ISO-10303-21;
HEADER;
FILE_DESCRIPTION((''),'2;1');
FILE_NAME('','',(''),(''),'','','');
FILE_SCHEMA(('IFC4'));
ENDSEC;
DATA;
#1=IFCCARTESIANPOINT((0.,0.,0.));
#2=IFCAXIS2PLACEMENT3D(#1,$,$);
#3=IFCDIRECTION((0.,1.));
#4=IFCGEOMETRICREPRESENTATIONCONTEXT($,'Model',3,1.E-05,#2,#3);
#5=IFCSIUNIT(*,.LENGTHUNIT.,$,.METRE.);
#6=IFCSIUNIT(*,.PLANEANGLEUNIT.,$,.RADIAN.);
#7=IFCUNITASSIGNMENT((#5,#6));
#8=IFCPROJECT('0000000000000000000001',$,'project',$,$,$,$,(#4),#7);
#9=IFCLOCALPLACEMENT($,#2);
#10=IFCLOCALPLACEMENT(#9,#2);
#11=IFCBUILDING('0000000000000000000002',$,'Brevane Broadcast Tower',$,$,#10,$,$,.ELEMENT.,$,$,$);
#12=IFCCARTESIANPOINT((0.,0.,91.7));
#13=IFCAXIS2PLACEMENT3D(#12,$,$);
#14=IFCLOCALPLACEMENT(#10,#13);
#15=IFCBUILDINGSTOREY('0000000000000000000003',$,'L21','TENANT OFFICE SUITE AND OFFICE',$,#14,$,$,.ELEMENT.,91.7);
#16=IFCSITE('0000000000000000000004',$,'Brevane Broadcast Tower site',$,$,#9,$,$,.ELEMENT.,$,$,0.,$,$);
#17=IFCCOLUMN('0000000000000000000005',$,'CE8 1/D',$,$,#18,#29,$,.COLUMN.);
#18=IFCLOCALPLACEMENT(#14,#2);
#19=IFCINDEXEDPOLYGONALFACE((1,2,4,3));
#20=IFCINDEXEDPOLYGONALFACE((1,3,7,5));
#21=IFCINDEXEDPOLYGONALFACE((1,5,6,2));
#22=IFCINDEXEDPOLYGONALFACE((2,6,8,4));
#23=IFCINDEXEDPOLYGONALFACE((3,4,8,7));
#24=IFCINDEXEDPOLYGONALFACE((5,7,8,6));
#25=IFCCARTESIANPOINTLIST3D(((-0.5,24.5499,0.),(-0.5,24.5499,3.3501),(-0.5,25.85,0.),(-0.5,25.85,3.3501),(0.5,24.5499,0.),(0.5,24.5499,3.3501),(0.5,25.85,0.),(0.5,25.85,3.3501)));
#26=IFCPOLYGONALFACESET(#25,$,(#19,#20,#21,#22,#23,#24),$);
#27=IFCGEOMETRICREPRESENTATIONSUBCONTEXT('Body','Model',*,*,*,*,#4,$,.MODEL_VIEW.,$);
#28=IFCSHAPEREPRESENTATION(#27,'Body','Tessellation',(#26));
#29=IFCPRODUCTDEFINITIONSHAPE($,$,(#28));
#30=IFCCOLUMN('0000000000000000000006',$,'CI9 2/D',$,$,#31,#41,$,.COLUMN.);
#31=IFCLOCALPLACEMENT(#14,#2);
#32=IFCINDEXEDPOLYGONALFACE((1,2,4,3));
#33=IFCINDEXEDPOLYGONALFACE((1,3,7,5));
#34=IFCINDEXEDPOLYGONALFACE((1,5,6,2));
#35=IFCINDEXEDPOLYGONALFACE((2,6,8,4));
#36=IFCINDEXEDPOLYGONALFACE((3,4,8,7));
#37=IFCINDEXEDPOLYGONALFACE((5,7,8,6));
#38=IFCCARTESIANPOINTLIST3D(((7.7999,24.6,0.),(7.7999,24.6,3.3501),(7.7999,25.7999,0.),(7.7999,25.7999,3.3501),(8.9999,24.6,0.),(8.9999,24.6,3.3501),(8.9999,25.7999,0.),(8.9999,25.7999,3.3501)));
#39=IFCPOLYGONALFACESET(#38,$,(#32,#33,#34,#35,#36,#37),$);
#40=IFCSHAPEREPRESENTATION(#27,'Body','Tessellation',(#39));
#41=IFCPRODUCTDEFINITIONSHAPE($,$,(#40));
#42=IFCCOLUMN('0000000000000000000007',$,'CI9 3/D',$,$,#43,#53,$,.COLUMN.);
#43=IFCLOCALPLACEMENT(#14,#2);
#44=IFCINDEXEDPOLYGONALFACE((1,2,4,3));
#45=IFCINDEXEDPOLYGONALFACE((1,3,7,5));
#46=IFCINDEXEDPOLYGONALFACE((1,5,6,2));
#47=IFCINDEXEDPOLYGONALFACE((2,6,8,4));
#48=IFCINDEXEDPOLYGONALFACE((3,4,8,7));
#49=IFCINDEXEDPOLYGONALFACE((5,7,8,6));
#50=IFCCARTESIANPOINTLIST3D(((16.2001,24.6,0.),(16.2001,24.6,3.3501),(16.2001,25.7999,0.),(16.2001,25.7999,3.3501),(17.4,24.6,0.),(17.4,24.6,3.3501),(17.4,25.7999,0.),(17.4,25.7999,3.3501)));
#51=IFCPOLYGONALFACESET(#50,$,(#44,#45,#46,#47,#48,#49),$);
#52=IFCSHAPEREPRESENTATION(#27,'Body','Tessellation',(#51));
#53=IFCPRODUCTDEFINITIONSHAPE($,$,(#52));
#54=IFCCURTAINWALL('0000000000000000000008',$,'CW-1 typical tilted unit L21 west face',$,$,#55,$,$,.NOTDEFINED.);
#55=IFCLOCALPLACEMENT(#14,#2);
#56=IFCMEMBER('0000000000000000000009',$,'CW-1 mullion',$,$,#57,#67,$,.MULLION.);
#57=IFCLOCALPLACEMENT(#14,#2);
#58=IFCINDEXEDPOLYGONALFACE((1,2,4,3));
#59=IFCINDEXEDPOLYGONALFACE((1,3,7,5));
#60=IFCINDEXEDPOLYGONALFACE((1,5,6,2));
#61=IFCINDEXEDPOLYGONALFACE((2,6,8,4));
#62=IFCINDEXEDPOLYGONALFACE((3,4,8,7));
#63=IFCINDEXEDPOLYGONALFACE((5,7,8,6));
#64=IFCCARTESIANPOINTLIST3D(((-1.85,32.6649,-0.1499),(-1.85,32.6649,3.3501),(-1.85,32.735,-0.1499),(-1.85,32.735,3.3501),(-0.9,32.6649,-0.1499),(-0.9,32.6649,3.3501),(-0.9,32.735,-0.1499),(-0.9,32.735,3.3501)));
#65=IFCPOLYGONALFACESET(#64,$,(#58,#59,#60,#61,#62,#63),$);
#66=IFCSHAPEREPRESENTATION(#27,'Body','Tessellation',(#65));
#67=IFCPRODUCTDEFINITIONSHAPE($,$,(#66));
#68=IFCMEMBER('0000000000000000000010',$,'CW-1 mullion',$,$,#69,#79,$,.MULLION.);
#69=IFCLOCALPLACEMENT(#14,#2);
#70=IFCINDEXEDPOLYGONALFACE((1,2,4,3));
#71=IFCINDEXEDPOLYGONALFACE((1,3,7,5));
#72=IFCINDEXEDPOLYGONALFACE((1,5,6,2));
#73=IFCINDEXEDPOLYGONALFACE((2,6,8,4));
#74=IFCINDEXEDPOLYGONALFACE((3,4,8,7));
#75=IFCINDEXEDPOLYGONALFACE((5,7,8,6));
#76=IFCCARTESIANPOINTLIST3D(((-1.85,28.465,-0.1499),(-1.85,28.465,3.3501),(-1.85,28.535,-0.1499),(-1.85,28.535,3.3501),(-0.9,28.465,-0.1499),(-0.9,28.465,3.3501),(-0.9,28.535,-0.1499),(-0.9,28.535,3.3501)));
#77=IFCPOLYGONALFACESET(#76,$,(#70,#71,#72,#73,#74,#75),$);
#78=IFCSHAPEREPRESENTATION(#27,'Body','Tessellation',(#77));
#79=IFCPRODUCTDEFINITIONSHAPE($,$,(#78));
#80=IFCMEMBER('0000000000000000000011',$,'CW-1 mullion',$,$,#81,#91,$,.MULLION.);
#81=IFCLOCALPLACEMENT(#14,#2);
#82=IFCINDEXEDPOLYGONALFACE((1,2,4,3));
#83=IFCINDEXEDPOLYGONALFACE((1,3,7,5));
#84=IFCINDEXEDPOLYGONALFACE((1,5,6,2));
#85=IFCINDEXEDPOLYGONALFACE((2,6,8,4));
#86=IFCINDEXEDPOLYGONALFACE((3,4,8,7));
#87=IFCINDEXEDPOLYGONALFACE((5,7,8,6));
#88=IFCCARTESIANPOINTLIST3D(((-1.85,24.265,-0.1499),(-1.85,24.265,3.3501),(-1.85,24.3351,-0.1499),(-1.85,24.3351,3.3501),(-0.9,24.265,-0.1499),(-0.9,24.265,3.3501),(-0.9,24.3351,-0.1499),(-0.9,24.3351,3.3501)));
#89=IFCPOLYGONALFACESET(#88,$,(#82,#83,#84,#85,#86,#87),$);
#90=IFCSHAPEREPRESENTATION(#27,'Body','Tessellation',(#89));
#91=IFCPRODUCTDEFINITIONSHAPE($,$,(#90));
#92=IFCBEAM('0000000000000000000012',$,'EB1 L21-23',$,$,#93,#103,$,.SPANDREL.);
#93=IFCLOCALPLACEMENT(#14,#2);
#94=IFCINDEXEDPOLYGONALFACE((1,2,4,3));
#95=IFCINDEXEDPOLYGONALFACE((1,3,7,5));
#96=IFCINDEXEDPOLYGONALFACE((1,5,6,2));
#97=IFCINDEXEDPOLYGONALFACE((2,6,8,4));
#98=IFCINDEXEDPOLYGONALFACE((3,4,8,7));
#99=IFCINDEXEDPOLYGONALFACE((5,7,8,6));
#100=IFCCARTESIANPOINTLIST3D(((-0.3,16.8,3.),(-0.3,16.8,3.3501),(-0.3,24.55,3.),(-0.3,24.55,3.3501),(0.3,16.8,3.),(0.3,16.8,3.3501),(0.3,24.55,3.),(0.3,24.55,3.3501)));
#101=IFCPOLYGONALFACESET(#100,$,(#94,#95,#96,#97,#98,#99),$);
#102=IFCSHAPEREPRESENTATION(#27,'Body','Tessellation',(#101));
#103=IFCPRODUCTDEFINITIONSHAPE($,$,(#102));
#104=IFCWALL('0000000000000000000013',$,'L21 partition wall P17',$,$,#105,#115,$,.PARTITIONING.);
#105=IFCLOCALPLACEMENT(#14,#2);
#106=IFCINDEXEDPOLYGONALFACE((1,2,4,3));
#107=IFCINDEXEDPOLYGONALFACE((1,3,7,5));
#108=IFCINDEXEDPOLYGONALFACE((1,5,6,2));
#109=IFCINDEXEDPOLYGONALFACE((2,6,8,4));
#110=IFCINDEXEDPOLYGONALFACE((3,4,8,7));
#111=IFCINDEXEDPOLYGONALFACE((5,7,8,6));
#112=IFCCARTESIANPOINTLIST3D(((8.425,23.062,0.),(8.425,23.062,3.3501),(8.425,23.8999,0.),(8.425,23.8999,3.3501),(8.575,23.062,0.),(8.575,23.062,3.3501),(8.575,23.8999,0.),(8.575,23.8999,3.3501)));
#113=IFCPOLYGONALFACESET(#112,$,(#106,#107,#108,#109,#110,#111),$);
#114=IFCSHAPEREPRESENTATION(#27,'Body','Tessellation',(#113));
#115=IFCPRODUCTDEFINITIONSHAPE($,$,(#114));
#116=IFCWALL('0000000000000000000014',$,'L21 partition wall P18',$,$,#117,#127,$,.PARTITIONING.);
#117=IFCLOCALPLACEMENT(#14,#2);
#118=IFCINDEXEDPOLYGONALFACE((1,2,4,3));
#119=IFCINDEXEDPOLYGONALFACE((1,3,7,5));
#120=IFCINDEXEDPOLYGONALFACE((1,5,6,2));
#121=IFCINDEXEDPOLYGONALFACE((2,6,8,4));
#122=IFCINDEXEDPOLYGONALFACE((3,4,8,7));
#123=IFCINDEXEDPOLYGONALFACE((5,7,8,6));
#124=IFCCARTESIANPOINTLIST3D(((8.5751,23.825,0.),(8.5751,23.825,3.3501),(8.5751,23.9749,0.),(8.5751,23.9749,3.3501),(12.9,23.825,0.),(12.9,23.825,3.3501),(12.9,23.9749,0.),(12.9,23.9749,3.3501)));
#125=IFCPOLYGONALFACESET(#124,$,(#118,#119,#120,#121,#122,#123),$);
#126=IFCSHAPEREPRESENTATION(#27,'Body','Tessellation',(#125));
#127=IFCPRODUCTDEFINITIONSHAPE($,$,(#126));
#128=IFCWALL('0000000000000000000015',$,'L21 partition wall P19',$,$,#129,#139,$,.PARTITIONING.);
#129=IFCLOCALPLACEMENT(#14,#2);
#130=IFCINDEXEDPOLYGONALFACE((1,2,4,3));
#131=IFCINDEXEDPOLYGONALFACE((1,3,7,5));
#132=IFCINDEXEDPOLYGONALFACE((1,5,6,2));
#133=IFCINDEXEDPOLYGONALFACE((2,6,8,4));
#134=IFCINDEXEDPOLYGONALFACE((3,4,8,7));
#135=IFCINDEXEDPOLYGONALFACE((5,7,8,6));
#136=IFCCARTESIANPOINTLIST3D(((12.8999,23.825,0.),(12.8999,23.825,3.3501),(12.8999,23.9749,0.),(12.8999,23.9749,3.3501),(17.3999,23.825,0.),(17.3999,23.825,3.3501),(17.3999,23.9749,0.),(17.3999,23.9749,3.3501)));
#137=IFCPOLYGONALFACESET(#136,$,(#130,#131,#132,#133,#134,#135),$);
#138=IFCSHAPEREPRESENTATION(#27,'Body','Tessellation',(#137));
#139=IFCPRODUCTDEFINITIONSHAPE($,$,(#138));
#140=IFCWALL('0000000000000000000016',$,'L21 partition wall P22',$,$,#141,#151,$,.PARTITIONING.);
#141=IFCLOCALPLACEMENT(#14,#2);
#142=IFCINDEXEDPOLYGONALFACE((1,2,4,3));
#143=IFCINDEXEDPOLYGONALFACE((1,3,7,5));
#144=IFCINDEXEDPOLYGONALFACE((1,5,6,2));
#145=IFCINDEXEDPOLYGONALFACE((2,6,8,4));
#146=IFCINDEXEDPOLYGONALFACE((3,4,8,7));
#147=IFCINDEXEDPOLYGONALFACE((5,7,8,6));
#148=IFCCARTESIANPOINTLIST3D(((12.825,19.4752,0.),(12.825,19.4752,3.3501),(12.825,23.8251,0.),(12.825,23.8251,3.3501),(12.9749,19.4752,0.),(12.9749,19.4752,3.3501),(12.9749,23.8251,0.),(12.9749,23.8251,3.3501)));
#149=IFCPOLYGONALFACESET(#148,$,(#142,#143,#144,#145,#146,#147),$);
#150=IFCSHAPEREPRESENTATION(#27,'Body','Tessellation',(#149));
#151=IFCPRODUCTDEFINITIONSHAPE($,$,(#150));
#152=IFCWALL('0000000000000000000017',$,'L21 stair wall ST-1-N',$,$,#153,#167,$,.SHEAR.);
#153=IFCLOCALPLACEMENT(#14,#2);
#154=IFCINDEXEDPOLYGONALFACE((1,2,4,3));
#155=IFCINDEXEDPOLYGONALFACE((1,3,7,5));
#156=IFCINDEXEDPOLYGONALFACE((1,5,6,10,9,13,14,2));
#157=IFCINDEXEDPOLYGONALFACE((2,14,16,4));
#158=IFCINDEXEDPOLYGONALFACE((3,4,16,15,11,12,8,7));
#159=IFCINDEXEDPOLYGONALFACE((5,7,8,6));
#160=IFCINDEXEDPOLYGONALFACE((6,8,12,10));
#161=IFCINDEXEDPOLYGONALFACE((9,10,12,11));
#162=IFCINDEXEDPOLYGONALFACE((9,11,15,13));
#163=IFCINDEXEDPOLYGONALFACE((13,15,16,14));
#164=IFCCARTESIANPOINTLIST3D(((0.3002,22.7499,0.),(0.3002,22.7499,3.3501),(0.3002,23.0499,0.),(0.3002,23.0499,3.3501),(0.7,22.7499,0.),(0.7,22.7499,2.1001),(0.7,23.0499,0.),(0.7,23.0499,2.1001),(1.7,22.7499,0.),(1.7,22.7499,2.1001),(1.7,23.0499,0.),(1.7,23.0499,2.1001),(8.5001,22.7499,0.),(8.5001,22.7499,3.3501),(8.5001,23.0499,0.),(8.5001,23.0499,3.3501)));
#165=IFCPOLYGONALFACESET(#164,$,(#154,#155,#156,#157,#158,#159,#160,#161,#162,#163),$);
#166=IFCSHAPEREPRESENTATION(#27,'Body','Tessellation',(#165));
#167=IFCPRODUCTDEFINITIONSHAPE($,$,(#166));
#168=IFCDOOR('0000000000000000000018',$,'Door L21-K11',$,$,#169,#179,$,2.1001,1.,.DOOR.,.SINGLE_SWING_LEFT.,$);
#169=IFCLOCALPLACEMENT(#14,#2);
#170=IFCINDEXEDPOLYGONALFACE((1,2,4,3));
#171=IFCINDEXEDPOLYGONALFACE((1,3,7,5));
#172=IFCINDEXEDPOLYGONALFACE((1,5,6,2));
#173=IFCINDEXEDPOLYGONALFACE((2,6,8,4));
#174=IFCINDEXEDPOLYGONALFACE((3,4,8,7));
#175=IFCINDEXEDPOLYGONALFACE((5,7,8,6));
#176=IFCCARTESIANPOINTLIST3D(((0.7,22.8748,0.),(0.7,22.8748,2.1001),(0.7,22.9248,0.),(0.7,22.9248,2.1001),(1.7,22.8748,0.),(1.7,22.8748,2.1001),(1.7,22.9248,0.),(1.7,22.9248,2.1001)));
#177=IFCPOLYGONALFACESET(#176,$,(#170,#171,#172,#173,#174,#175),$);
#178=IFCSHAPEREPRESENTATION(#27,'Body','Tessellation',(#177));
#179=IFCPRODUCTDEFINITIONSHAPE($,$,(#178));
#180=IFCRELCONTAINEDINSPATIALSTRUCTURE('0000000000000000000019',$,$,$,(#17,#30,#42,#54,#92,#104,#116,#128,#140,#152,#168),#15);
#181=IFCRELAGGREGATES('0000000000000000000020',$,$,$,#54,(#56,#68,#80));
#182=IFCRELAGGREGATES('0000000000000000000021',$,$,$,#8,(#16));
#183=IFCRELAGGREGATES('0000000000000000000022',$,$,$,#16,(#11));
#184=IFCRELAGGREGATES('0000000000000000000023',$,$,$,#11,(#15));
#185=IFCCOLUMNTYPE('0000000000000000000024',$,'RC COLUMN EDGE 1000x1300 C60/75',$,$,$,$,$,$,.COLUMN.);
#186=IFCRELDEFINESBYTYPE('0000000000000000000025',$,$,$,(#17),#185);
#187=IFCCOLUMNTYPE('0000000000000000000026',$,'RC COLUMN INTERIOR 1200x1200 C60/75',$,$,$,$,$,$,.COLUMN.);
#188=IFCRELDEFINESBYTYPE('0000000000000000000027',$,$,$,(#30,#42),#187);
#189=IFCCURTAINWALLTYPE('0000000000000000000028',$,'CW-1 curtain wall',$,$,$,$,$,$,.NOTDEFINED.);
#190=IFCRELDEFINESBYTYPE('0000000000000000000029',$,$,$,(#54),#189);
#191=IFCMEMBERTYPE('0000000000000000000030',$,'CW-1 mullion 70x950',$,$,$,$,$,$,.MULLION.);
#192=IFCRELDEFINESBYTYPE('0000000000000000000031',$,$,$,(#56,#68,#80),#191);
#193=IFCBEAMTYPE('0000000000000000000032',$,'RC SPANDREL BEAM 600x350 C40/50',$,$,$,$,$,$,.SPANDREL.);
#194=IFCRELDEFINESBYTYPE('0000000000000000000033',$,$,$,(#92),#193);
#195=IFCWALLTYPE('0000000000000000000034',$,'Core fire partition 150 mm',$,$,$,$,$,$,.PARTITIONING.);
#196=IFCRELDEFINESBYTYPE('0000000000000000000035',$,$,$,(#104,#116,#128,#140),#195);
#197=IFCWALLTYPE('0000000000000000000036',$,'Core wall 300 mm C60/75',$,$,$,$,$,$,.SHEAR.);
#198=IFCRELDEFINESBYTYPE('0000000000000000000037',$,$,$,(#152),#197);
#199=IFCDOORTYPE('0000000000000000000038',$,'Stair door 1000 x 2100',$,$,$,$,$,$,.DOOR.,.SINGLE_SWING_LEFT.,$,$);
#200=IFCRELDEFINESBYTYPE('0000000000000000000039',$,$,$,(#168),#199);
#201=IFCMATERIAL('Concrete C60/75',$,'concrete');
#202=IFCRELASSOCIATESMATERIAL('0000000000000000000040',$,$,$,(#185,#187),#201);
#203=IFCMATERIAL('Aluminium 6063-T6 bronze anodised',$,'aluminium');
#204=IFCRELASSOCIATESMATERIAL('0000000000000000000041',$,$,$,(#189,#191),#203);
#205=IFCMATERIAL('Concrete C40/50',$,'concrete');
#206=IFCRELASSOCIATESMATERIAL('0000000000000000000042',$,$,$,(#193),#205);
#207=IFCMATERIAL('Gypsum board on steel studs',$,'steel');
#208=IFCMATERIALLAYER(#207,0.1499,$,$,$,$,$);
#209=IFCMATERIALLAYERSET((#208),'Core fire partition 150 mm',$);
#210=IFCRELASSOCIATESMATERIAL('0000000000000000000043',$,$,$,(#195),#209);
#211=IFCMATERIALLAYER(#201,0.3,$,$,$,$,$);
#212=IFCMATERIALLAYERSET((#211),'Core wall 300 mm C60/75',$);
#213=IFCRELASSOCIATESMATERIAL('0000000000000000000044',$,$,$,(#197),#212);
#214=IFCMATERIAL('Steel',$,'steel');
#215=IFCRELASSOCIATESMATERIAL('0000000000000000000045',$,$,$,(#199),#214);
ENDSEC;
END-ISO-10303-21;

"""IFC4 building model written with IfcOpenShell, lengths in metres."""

from ifc_helpers import new_model, si_unit, direction, frame, frame_2d, origin, origin_2d, place, context, subcontext, project, spatial, rectangle, extrude, material, layer, layer_set, material_profile, profile_set, type_object, element, fill, aggregate, save


model = new_model("IFC4")

# Units and contexts
model_context = context("Model", 3, precision=1e-05, world=origin(), true_north=direction((0.0, 1.0)))
body_context = subcontext(model_context, "Body", "Model", "MODEL_VIEW")
ifc_project = project(units=[si_unit("LENGTHUNIT", "METRE"), si_unit("PLANEANGLEUNIT", "RADIAN")], contexts=[model_context])

# Site, building, storey
site_placement = place(None, origin())
site = spatial("IfcSite", under=ifc_project, at=site_placement, Name="Brevane Broadcast Tower site", CompositionType="ELEMENT", RefElevation=0.0)
building_placement = place(site_placement, origin())
building = spatial("IfcBuilding", under=site, at=building_placement, Name="Brevane Broadcast Tower", CompositionType="ELEMENT")
storey_placement = place(building_placement, frame((0.0, 0.0, 91.7)))
storey = spatial("IfcBuildingStorey", under=building, at=storey_placement, Name="L21", Description="TENANT OFFICE SUITE AND OFFICE", CompositionType="ELEMENT", Elevation=91.7)

# Columns
ifc_material_1 = material(Name="Concrete C60/75", Category="concrete")
ifc_material_profile_1 = material_profile(ifc_material_1, rectangle(XDim=1.0, YDim=1.3, at=origin_2d()), Name="RC 1000x1300")
ifc_profile_set_1 = profile_set([ifc_material_profile_1], Name="Concrete C60/75")
column_type_1 = type_object("IfcColumnType", Name="RC COLUMN EDGE 1000x1300 C60/75", PredefinedType="COLUMN", material=ifc_profile_set_1)
column_placement = place(storey_placement, frame((0.0, 25.2, 0.0), z_axis=(0.0, 0.0, 1.0), x_axis=(1.0, 0.0, 0.0)))
element("IfcColumn", 1, at=column_placement, inside=storey, type_object=column_type_1, Name="CE8 1/D", PredefinedType="COLUMN", context=body_context, shape_type="SweptSolid", body=[
    extrude(rectangle(XDim=1.0, YDim=1.3, at=origin_2d()), origin(), (0.0, 0.0, 1.0), 3.3501),
])
ifc_material_profile_2 = material_profile(ifc_material_1, rectangle(XDim=1.2, YDim=1.2, at=origin_2d()), Name="RC 1200x1200")
ifc_profile_set_2 = profile_set([ifc_material_profile_2], Name="Concrete C60/75")
column_type_2 = type_object("IfcColumnType", Name="RC COLUMN INTERIOR 1200x1200 C60/75", PredefinedType="COLUMN", material=ifc_profile_set_2)
for number, where, z_axis, x_axis, name in (
    (2, (8.3999, 25.2, 0.0), (0.0, 0.0, 1.0), (1.0, 0.0, 0.0), "CI9 2/D"),
    (3, (16.8, 25.2, 0.0), (0.0, 0.0, 1.0), (1.0, 0.0, 0.0), "CI9 3/D"),
):
    element("IfcColumn", number, at=place(storey_placement, frame(where, z_axis=z_axis, x_axis=x_axis)), inside=storey, type_object=column_type_2, Name=name, PredefinedType="COLUMN", context=body_context, shape_type="SweptSolid", body=[
        extrude(rectangle(XDim=1.2, YDim=1.2, at=origin_2d()), origin(), (0.0, 0.0, 1.0), 3.3501),
    ])

# Curtain wall, members
ifc_material_2 = material(Name="Aluminium 6063-T6 bronze anodised", Category="aluminium")
curtain_wall_type = type_object("IfcCurtainWallType", Name="CW-1 curtain wall", PredefinedType="NOTDEFINED", material=ifc_material_2)
curtain_wall_placement = place(storey_placement, origin())
curtain_wall = element("IfcCurtainWall", 4, at=curtain_wall_placement, inside=storey, type_object=curtain_wall_type, Name="CW-1 typical tilted unit L21 west face", PredefinedType="NOTDEFINED")
ifc_material_profile_3 = material_profile(ifc_material_2, rectangle(XDim=0.95, YDim=0.0701, at=origin_2d()), Name="RECT 70x950")
ifc_profile_set_3 = profile_set([ifc_material_profile_3], Name="Aluminium 6063-T6 bronze anodised")
member_type = type_object("IfcMemberType", Name="CW-1 mullion 70x950", PredefinedType="MULLION", material=ifc_profile_set_3)
member_1_placement = place(storey_placement, frame((-1.375, 32.7, -0.1499), z_axis=(0.0, 0.0, 1.0), x_axis=(1.0, 0.0, 0.0)))
member_1 = element("IfcMember", 5, at=member_1_placement, type_object=member_type, Name="CW-1 mullion", PredefinedType="MULLION", context=body_context, shape_type="SweptSolid", body=[
    extrude(rectangle(XDim=0.95, YDim=0.0701, at=origin_2d()), origin(), (0.0, 0.0, 1.0), 3.5),
])
member_2_placement = place(storey_placement, frame((-1.375, 28.5, -0.1499), z_axis=(0.0, 0.0, 1.0), x_axis=(1.0, 0.0, 0.0)))
member_2 = element("IfcMember", 6, at=member_2_placement, type_object=member_type, Name="CW-1 mullion", PredefinedType="MULLION", context=body_context, shape_type="SweptSolid", body=[
    extrude(rectangle(XDim=0.95, YDim=0.0701, at=origin_2d()), origin(), (0.0, 0.0, 1.0), 3.5),
])
member_3_placement = place(storey_placement, frame((-1.375, 24.3, -0.1499), z_axis=(0.0, 0.0, 1.0), x_axis=(1.0, 0.0, 0.0)))
member_3 = element("IfcMember", 7, at=member_3_placement, type_object=member_type, Name="CW-1 mullion", PredefinedType="MULLION", context=body_context, shape_type="SweptSolid", body=[
    extrude(rectangle(XDim=0.95, YDim=0.0701, at=origin_2d()), origin(), (0.0, 0.0, 1.0), 3.5),
])
aggregate(curtain_wall, [member_1, member_2, member_3])

# Beam
ifc_material_3 = material(Name="Concrete C40/50", Category="concrete")
ifc_material_profile_4 = material_profile(ifc_material_3, rectangle(XDim=0.6001, YDim=0.3501, at=origin_2d()), Name="RC 600x350")
ifc_profile_set_4 = profile_set([ifc_material_profile_4], Name="Concrete C40/50")
beam_type = type_object("IfcBeamType", Name="RC SPANDREL BEAM 600x350 C40/50", PredefinedType="SPANDREL", material=ifc_profile_set_4)
beam_placement = place(storey_placement, frame((0.0, 24.55, 3.175), z_axis=(0.0, -1.0, 0.0), x_axis=(1.0, 0.0, 0.0)))
element("IfcBeam", 8, at=beam_placement, inside=storey, type_object=beam_type, Name="EB1 L21-23", PredefinedType="SPANDREL", context=body_context, shape_type="SweptSolid", body=[
    extrude(rectangle(XDim=0.6001, YDim=0.3501, at=origin_2d()), origin(), (0.0, 0.0, 1.0), 7.75),
])

# Walls
ifc_material_4 = material(Name="Gypsum board on steel studs", Category="steel")
ifc_layer_1 = layer(ifc_material_4, 0.1499)
ifc_layer_set_1 = layer_set([ifc_layer_1], Name="Core fire partition 150 mm")
wall_type_1 = type_object("IfcWallType", Name="Core fire partition 150 mm", PredefinedType="PARTITIONING", material=ifc_layer_set_1)
wall_1_placement = place(storey_placement, frame((8.5, 23.062, 0.0), z_axis=(0.0, 0.0, 1.0), x_axis=(0.0, 1.0, 0.0)))
element("IfcWall", 9, at=wall_1_placement, inside=storey, type_object=wall_type_1, Name="L21 partition wall P17", PredefinedType="PARTITIONING", context=body_context, shape_type="SweptSolid", body=[
    extrude(rectangle(XDim=0.8379, YDim=0.1499, at=frame_2d((0.4189, 0.0))), origin(), (0.0, 0.0, 1.0), 3.3501),
])
wall_2_placement = place(storey_placement, frame((8.575, 23.8999, 0.0), z_axis=(0.0, 0.0, 1.0), x_axis=(1.0, 0.0, 0.0)))
element("IfcWall", 10, at=wall_2_placement, inside=storey, type_object=wall_type_1, Name="L21 partition wall P18", PredefinedType="PARTITIONING", context=body_context, shape_type="SweptSolid", body=[
    extrude(rectangle(XDim=4.325, YDim=0.1499, at=frame_2d((2.1626, 0.0))), origin(), (0.0, 0.0, 1.0), 3.3501),
])
wall_3_placement = place(storey_placement, frame((12.8999, 23.8999, 0.0), z_axis=(0.0, 0.0, 1.0), x_axis=(1.0, 0.0, 0.0)))
element("IfcWall", 11, at=wall_3_placement, inside=storey, type_object=wall_type_1, Name="L21 partition wall P19", PredefinedType="PARTITIONING", context=body_context, shape_type="SweptSolid", body=[
    extrude(rectangle(XDim=4.5, YDim=0.1499, at=frame_2d((2.25, 0.0))), origin(), (0.0, 0.0, 1.0), 3.3501),
])
wall_4_placement = place(storey_placement, frame((12.8999, 23.825, 0.0), z_axis=(0.0, 0.0, 1.0), x_axis=(0.0, -1.0, 0.0)))
element("IfcWall", 12, at=wall_4_placement, inside=storey, type_object=wall_type_1, Name="L21 partition wall P22", PredefinedType="PARTITIONING", context=body_context, shape_type="SweptSolid", body=[
    extrude(rectangle(XDim=4.3499, YDim=0.1499, at=frame_2d((2.1748, 0.0))), origin(), (0.0, 0.0, 1.0), 3.3501),
])

# Wall, opening, door
ifc_layer_2 = layer(ifc_material_1, 0.3)
ifc_layer_set_2 = layer_set([ifc_layer_2], Name="Core wall 300 mm C60/75")
wall_type_2 = type_object("IfcWallType", Name="Core wall 300 mm C60/75", PredefinedType="SHEAR", material=ifc_layer_set_2)
wall_5_placement = place(storey_placement, frame((0.3, 22.8999, 0.0), z_axis=(0.0, 0.0, 1.0), x_axis=(1.0, 0.0, 0.0)))
wall_5 = element("IfcWall", 13, at=wall_5_placement, inside=storey, type_object=wall_type_2, Name="L21 stair wall ST-1-N", PredefinedType="SHEAR", context=body_context, shape_type="SweptSolid", body=[
    extrude(rectangle(XDim=8.2, YDim=0.3, at=frame_2d((4.1001, 0.0))), origin(), (0.0, 0.0, 1.0), 3.3501),
])
opening_1_placement = place(wall_5_placement, frame((0.3999, 0.0, 0.0)))
opening_1 = element("IfcOpeningElement", 14, at=opening_1_placement, cuts=wall_5, PredefinedType="OPENING", context=body_context, shape_type="SweptSolid", body=[
    extrude(rectangle(XDim=1.0, YDim=2.1001, at=frame_2d((0.5, 1.05))), frame((0.0, 0.1599, 0.0), z_axis=(0.0, -1.0, 0.0), x_axis=(1.0, 0.0, 0.0)), (0.0, 0.0, 1.0), 0.3201),
])
ifc_material_5 = material(Name="Steel", Category="steel")
door_type_1 = type_object("IfcDoorType", Name="Stair door 1000 x 2100", OperationType="SINGLE_SWING_LEFT", PredefinedType="DOOR", material=ifc_material_5)
door_1_placement = place(opening_1_placement, origin())
door_1 = element("IfcDoor", 15, at=door_1_placement, inside=storey, type_object=door_type_1, Name="Door L21-K11", OperationType="SINGLE_SWING_LEFT", OverallHeight=2.1001, OverallWidth=1.0, PredefinedType="DOOR", context=body_context, shape_type="SweptSolid", body=[
    extrude(rectangle(XDim=1.0, YDim=2.1001, at=frame_2d((0.5, 1.05))), frame((0.0, 0.0249, 0.0), z_axis=(0.0, -1.0, 0.0), x_axis=(1.0, 0.0, 0.0)), (0.0, 0.0, 1.0), 0.05),
])
fill(opening_1, door_1)

save(model, "model.ifc")
